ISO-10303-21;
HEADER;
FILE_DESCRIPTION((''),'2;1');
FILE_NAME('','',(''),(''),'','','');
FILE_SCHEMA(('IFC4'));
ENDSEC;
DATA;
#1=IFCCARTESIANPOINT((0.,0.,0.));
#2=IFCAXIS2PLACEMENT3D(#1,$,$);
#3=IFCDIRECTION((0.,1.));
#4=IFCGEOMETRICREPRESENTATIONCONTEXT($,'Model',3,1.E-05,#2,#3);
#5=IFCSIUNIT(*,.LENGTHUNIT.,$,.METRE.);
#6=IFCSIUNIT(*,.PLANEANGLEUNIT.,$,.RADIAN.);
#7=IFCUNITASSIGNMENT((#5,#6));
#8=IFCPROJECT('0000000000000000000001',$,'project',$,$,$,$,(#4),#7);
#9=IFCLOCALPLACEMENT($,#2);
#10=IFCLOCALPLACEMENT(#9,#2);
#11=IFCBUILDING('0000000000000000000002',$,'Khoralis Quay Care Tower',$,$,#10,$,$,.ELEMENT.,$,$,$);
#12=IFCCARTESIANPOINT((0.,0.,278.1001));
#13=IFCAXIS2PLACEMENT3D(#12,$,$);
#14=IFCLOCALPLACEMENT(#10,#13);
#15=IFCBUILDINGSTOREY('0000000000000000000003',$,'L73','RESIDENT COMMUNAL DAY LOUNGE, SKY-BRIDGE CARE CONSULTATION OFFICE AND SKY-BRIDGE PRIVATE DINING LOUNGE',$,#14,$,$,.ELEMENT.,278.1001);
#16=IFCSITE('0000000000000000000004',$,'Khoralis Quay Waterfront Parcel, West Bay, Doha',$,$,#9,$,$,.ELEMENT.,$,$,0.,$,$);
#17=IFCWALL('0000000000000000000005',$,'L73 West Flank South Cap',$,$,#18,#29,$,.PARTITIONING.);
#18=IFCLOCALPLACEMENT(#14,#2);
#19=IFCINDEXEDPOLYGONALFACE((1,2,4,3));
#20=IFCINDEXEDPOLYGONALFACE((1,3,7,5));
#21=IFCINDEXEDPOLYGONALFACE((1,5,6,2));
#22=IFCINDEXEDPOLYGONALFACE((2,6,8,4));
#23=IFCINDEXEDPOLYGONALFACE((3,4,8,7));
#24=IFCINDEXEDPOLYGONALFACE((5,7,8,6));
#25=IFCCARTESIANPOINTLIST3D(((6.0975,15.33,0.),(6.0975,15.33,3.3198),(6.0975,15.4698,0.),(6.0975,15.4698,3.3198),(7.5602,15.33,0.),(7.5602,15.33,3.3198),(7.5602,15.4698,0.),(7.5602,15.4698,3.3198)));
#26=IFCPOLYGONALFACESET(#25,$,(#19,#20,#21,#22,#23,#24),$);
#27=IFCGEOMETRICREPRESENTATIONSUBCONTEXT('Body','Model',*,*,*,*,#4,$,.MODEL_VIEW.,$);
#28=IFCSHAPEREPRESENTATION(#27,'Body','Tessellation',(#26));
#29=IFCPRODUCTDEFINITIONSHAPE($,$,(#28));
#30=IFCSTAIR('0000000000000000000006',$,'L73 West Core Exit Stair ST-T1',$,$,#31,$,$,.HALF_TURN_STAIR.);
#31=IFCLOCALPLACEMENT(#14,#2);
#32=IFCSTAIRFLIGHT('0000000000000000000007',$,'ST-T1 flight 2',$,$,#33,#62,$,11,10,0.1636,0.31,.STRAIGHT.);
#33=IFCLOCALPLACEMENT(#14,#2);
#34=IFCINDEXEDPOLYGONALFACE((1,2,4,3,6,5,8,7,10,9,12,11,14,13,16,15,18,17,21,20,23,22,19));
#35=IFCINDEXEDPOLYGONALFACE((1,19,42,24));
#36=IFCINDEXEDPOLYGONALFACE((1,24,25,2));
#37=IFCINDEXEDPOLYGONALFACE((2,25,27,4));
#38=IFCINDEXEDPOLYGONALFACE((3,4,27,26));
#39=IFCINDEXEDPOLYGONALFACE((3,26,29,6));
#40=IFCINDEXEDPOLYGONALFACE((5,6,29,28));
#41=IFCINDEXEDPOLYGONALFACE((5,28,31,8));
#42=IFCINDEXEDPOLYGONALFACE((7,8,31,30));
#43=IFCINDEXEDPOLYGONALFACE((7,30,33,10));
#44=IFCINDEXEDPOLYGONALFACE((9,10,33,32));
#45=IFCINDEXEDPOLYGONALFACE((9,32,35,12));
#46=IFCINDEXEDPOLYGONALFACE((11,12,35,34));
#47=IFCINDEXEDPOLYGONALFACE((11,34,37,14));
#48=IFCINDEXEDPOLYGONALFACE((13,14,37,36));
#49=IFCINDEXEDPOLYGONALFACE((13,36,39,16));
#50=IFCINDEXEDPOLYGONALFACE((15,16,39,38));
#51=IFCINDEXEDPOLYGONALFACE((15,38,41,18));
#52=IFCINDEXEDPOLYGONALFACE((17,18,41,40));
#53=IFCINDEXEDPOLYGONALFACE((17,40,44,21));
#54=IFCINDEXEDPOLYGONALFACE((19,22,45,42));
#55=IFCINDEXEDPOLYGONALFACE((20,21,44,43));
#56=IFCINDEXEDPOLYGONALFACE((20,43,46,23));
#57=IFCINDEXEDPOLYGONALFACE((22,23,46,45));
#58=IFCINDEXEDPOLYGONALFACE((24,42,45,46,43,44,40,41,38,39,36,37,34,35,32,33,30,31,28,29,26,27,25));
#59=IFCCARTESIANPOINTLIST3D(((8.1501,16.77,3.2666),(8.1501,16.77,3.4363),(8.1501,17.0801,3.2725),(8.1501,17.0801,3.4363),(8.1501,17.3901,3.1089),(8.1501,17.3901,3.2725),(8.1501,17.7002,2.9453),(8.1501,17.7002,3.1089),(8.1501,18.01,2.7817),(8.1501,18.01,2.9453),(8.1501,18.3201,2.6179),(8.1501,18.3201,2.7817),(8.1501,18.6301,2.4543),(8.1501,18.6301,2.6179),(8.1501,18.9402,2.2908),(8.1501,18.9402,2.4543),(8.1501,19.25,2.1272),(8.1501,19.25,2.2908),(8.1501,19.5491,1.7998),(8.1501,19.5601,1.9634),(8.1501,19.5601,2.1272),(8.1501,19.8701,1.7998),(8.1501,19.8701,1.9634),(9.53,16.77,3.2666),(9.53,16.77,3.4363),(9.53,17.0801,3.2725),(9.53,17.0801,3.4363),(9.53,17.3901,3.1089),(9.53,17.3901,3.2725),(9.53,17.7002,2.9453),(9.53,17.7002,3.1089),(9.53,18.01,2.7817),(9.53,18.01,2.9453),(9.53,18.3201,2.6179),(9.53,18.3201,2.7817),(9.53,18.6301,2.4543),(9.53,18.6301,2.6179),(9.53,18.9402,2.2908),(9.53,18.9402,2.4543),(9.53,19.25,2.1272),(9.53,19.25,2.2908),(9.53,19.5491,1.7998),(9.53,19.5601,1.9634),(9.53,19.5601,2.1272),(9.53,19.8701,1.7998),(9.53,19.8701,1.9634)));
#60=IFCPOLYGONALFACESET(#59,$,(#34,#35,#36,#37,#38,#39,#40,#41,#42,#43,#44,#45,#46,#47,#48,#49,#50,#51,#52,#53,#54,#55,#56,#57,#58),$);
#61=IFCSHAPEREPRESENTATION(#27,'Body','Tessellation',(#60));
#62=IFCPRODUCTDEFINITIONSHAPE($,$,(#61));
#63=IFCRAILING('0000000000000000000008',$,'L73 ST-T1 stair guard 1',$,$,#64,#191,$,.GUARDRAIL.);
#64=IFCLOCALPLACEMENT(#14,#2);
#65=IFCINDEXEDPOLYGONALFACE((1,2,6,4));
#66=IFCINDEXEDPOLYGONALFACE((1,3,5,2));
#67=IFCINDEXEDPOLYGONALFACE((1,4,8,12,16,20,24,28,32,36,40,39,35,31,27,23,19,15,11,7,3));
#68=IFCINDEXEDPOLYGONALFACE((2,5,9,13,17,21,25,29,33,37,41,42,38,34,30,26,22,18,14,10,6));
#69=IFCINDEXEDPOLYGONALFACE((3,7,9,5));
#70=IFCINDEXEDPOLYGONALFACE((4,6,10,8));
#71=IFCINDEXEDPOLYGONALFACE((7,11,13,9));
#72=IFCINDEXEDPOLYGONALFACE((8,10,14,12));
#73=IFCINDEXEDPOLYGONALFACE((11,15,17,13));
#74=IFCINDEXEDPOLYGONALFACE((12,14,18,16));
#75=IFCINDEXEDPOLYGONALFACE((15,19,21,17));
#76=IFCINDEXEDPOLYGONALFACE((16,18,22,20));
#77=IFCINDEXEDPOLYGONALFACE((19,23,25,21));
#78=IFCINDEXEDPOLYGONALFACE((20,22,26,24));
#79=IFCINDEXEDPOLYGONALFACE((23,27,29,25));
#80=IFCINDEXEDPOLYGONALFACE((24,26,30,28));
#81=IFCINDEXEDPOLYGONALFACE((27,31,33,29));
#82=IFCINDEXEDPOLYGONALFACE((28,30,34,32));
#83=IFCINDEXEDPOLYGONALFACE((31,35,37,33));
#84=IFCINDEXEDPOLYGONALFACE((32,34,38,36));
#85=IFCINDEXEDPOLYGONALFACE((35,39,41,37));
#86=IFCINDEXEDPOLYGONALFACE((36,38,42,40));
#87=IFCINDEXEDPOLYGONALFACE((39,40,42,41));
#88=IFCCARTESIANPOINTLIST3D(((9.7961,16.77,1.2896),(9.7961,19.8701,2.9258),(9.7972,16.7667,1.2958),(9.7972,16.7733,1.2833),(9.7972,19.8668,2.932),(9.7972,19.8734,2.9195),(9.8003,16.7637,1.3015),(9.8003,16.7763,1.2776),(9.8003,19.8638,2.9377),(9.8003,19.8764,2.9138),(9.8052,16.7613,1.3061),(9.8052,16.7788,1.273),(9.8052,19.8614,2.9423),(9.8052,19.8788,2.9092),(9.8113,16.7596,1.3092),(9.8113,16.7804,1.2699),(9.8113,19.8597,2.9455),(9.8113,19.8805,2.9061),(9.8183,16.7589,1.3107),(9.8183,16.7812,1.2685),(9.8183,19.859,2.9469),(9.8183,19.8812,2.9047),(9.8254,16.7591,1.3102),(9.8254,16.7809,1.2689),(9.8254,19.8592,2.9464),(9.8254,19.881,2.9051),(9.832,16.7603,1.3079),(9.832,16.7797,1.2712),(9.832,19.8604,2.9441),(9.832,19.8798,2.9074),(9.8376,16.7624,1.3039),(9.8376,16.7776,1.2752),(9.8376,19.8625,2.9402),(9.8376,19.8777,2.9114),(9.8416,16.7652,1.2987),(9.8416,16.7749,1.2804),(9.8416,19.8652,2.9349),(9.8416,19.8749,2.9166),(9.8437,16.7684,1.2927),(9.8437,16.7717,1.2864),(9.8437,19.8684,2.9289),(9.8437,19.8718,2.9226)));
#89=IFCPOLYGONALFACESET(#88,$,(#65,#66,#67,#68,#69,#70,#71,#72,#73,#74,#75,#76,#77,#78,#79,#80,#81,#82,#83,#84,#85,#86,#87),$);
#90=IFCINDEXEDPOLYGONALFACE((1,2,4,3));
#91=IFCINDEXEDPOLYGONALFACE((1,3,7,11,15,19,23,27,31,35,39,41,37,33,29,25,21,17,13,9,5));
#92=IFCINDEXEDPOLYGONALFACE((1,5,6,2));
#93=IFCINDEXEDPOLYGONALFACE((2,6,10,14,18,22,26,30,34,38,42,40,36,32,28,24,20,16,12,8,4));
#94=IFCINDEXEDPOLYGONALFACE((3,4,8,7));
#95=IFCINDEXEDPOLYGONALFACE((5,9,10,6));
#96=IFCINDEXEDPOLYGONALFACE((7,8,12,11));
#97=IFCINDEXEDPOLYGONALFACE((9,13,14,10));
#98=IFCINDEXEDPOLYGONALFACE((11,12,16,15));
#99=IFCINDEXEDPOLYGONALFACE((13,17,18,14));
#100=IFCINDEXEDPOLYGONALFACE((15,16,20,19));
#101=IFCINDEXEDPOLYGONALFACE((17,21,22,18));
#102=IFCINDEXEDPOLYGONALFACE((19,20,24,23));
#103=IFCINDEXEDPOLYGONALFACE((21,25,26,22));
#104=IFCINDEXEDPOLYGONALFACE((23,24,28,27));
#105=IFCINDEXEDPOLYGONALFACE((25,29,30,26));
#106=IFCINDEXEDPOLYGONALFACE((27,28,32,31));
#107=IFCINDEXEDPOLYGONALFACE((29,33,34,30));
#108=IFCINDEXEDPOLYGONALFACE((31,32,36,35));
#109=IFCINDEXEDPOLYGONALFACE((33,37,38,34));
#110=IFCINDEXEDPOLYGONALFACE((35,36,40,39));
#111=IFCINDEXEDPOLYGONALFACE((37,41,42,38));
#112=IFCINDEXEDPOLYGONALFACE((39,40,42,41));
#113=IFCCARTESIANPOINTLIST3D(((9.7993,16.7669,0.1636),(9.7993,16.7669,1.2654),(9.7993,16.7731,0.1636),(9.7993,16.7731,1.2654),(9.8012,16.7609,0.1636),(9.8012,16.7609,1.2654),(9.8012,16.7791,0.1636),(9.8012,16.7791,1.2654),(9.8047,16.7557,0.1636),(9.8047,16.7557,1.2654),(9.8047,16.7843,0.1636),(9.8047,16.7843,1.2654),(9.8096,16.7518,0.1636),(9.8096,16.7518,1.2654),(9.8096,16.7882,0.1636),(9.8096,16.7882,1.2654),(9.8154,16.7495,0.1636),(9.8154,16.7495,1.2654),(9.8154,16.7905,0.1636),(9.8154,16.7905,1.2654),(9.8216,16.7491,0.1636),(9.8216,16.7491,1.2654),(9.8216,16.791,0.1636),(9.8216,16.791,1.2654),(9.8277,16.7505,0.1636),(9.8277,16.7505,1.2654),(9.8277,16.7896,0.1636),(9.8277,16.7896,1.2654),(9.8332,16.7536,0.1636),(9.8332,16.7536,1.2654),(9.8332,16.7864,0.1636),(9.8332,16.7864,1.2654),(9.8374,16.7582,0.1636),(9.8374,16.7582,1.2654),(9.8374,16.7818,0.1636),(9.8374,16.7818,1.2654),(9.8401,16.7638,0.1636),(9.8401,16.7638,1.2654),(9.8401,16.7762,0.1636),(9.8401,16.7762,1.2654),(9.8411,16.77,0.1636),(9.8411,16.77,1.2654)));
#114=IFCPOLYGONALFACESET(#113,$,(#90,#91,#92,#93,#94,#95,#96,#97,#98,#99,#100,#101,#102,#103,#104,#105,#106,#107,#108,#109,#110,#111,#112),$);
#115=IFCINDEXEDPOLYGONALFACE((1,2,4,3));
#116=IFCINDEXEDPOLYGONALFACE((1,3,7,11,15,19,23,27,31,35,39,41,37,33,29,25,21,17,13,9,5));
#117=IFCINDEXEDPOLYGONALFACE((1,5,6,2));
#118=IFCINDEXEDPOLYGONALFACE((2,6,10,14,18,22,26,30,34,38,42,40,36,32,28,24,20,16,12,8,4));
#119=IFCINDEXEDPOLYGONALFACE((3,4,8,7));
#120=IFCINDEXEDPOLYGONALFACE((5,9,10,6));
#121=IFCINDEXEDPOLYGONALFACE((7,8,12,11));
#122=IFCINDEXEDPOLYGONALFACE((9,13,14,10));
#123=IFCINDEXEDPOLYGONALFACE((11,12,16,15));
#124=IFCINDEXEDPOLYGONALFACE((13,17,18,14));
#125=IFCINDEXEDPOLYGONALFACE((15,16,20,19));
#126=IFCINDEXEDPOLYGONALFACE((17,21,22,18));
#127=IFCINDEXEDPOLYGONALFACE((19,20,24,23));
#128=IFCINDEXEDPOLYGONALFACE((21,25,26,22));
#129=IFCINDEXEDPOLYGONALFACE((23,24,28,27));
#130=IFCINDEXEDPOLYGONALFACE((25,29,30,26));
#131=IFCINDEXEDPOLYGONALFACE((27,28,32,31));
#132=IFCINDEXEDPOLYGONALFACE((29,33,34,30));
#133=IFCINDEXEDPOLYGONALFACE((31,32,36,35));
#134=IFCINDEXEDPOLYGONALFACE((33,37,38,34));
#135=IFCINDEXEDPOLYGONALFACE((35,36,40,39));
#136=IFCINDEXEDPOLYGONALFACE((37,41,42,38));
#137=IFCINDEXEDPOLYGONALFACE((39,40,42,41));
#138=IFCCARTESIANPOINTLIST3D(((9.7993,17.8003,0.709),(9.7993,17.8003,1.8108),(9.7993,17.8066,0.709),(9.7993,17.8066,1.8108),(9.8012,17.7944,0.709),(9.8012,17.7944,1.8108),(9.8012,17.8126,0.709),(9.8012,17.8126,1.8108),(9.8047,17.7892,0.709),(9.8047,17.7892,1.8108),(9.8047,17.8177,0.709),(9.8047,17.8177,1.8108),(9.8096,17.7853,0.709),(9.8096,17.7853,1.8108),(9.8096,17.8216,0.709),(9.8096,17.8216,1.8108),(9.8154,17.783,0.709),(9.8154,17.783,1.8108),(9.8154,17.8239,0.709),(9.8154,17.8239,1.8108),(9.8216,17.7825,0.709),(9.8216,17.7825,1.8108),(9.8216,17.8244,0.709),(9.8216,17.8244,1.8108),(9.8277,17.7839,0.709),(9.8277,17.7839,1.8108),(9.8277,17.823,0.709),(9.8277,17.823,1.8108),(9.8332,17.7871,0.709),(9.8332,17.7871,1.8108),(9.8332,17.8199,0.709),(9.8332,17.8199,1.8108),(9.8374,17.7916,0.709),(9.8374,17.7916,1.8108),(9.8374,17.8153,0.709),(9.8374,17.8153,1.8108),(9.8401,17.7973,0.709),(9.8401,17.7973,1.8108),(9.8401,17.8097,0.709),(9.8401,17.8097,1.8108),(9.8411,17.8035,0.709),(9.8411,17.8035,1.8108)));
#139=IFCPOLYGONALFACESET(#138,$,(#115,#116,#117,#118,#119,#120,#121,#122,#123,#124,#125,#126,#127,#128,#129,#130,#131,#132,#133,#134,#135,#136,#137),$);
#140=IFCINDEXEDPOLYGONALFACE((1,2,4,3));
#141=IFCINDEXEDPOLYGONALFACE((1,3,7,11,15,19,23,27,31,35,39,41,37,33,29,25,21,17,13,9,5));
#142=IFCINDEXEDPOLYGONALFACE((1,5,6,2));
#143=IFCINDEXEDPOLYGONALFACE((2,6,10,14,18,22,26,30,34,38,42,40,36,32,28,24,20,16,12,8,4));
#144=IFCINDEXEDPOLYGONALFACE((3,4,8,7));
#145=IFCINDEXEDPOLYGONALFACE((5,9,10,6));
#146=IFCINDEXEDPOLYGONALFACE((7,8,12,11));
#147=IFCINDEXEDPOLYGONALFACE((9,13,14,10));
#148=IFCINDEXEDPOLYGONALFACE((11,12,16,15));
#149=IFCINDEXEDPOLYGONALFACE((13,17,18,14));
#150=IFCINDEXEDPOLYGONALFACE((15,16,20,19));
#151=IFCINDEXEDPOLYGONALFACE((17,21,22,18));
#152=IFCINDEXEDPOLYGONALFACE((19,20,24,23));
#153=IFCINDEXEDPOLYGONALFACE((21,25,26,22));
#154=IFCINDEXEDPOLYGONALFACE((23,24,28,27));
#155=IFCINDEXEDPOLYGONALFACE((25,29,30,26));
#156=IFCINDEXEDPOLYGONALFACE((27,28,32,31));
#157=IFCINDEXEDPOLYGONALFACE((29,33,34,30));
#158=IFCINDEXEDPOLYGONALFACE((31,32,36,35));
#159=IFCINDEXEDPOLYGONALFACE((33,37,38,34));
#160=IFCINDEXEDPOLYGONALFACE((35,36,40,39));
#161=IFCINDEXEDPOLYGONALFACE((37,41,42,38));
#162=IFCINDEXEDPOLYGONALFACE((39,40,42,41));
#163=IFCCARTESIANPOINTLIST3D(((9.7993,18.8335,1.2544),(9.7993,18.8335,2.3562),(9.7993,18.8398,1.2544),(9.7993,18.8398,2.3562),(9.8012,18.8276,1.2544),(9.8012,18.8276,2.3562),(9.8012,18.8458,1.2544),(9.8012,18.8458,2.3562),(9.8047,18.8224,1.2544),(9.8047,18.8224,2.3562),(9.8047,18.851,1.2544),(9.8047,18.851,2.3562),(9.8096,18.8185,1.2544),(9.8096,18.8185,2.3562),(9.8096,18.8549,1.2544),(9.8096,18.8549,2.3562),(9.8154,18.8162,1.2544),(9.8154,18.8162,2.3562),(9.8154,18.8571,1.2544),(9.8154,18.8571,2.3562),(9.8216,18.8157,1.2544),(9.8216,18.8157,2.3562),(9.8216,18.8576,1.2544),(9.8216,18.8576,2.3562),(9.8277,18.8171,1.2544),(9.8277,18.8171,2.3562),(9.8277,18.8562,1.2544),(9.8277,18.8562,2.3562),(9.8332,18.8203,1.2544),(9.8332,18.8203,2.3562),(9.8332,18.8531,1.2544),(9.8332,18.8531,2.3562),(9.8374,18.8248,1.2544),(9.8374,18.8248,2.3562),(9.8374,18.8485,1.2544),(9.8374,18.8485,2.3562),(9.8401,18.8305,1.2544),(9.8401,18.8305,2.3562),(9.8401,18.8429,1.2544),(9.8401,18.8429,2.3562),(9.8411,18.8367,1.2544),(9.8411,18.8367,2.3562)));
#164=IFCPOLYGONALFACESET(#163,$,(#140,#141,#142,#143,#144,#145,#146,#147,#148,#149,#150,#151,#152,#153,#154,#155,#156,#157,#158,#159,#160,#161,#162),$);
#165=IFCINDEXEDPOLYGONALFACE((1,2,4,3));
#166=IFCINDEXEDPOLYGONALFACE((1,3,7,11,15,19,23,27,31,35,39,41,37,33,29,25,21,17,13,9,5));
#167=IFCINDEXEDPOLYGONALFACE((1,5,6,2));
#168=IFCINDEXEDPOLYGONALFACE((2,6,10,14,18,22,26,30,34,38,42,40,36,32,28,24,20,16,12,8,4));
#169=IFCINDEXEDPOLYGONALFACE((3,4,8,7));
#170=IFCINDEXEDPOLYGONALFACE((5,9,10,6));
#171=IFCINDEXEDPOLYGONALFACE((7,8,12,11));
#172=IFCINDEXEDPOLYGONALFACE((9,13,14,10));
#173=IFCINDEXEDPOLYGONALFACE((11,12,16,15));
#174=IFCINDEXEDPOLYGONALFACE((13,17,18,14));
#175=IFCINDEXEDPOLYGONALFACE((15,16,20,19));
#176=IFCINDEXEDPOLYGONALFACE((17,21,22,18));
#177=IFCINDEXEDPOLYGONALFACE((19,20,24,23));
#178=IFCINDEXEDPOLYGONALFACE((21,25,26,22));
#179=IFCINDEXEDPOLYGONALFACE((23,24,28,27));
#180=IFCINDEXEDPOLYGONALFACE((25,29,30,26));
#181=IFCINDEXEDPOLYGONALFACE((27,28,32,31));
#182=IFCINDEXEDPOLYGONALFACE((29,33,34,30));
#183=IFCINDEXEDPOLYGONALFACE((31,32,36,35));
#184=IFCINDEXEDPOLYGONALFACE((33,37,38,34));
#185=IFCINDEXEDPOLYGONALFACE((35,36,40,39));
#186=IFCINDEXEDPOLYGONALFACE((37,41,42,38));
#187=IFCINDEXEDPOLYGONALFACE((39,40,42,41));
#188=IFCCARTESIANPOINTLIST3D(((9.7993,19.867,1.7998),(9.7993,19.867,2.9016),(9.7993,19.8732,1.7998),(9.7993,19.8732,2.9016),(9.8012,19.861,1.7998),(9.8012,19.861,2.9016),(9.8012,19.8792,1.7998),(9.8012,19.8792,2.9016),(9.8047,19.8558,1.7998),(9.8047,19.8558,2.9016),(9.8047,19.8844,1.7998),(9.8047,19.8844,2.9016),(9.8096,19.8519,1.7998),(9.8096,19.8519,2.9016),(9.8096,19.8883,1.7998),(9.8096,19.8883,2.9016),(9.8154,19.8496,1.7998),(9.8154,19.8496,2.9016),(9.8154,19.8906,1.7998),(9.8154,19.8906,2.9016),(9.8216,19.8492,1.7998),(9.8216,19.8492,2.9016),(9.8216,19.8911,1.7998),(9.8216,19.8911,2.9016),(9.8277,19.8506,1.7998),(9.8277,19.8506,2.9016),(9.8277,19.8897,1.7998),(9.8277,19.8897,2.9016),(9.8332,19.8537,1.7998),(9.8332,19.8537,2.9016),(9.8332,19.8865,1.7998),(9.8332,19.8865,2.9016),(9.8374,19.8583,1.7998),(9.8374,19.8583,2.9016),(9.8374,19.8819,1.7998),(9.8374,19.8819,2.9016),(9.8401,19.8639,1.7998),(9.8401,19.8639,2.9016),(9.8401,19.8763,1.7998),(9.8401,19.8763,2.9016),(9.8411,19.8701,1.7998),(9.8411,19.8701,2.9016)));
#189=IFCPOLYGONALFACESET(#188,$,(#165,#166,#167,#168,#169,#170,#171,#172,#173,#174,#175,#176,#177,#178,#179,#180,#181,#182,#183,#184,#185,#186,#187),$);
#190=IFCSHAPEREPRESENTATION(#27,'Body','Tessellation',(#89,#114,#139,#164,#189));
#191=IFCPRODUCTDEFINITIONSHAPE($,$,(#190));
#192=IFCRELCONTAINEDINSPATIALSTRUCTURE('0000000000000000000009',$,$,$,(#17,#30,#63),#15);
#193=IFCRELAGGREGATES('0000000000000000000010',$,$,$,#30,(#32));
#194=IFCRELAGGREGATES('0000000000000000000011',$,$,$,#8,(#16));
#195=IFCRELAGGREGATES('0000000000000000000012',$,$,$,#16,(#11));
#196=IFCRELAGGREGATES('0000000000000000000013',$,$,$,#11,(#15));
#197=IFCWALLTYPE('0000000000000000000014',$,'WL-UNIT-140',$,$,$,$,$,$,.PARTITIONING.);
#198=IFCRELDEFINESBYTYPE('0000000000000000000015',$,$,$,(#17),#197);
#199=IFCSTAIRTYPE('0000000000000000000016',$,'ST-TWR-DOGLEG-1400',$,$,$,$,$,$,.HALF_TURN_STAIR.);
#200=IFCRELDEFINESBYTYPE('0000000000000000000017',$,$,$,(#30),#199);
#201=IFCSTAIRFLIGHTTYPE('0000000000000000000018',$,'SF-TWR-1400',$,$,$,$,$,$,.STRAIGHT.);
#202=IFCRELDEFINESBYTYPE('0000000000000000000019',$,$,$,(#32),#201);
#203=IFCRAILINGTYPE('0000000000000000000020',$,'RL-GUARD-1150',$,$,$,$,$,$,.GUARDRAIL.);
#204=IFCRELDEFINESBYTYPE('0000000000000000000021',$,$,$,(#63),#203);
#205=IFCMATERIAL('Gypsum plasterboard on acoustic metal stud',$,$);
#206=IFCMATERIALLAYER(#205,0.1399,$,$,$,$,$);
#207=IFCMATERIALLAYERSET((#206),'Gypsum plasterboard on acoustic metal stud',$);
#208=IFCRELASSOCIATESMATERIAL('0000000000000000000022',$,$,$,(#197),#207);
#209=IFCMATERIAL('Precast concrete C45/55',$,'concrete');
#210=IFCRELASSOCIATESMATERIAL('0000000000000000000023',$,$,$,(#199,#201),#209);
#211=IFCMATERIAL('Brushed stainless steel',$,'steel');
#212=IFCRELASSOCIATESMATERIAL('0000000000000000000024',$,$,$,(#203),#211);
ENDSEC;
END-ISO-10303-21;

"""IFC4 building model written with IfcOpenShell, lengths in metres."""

from ifc_helpers import new_model, si_unit, direction, frame, frame_2d, origin, origin_2d, place, context, subcontext, project, spatial, polyline, rectangle, circle, outline, extrude, source, transform, mapped, material, layer, layer_set, type_object, element, aggregate, save


model = new_model("IFC4")

# Units and contexts
model_context = context("Model", 3, precision=1e-05, world=origin(), true_north=direction((0.0, 1.0)))
body_context = subcontext(model_context, "Body", "Model", "MODEL_VIEW")
ifc_project = project(units=[si_unit("LENGTHUNIT", "METRE"), si_unit("PLANEANGLEUNIT", "RADIAN")], contexts=[model_context])

# Site, building, storey
site_placement = place(None, origin())
site = spatial("IfcSite", under=ifc_project, at=site_placement, Name="Khoralis Quay Waterfront Parcel, West Bay, Doha", CompositionType="ELEMENT", RefElevation=0.0)
building_placement = place(site_placement, origin())
building = spatial("IfcBuilding", under=site, at=building_placement, Name="Khoralis Quay Care Tower", CompositionType="ELEMENT")
storey_placement = place(building_placement, frame((0.0, 0.0, 278.1001)))
storey = spatial("IfcBuildingStorey", under=building, at=storey_placement, Name="L73", Description="RESIDENT COMMUNAL DAY LOUNGE, SKY-BRIDGE CARE CONSULTATION OFFICE AND SKY-BRIDGE PRIVATE DINING LOUNGE", CompositionType="ELEMENT", Elevation=278.1001)

# Shared definitions
ifc_material_1 = material(Name="Brushed stainless steel", Category="steel")
ifc_material_2 = material(Name="Gypsum plasterboard on acoustic metal stud")

# Shared definitions
ifc_material_3 = material(Name="Precast concrete C45/55", Category="concrete")

# Wall
ifc_layer_1 = layer(ifc_material_2, 0.1399)
ifc_layer_set_1 = layer_set([ifc_layer_1], Name="Gypsum plasterboard on acoustic metal stud")
wall_type_1 = type_object("IfcWallType", Name="WL-UNIT-140", PredefinedType="PARTITIONING", material=ifc_layer_set_1)
wall_1_placement = place(storey_placement, frame((6.0974, 15.3999, 0.0), z_axis=(0.0, 0.0, 1.0), x_axis=(1.0, 0.0, 0.0)))
element("IfcWall", 1, at=wall_1_placement, inside=storey, type_object=wall_type_1, Name="L73 West Flank South Cap", PredefinedType="PARTITIONING", context=body_context, shape_type="SweptSolid", body=[
    extrude(rectangle(XDim=1.4626, YDim=0.1399, at=frame_2d((0.7314, 0.0))), origin(), (0.0, 0.0, 1.0), 3.3198),
])

# Stair, stair flight
stair_type = type_object("IfcStairType", Name="ST-TWR-DOGLEG-1400", PredefinedType="HALF_TURN_STAIR", material=ifc_material_3)
stair_placement = place(storey_placement, origin())
stair = element("IfcStair", 2, at=stair_placement, inside=storey, type_object=stair_type, Name="L73 West Core Exit Stair ST-T1", PredefinedType="HALF_TURN_STAIR")
stair_flight_type = type_object("IfcStairFlightType", Name="SF-TWR-1400", PredefinedType="STRAIGHT", material=ifc_material_3)
shared_shape_1 = source(origin(), body_context, "Body", "SweptSolid", [
    extrude(outline(polyline([(0.0, 0.0), (0.0, 0.1636), (0.3101, 0.1636), (0.3101, 0.3274), (0.6201, 0.3274), (0.6201, 0.491), (0.9299, 0.491), (0.9299, 0.6545), (1.24, 0.6545), (1.24, 0.8181), (1.55, 0.8181), (1.55, 0.9819), (1.8601, 0.9819), (1.8601, 1.1455), (2.1699, 1.1455), (2.1699, 1.3091), (2.48, 1.3091), (2.48, 1.4727), (2.79, 1.4727), (2.79, 1.6365), (3.1001, 1.6365), (3.1001, 1.8), (3.1001, 1.4668), (0.321, 0.0), (0.0, 0.0)])), frame((0.0, 0.6899, 0.0), z_axis=(0.0, -1.0, 0.0), x_axis=(1.0, 0.0, 0.0)), (0.0, 0.0, 1.0), 1.3799),
])
stair_flight_placement = place(storey_placement, frame((8.8401, 19.8701, 1.7998), z_axis=(0.0, 0.0, 1.0), x_axis=(0.0, -1.0, 0.0)))
stair_flight = element("IfcStairFlight", 3, at=stair_flight_placement, type_object=stair_flight_type, Name="ST-T1 flight 2", NumberOfRisers=11, NumberOfTreads=10, PredefinedType="STRAIGHT", RiserHeight=0.1636, TreadLength=0.31, context=body_context, shape_type="MappedRepresentation", body=[
    mapped(shared_shape_1, transform((0.0, 0.0, 0.0), scale=1.0)),
])
aggregate(stair, [stair_flight])

# Railing
railing_type_1 = type_object("IfcRailingType", Name="RL-GUARD-1150", PredefinedType="GUARDRAIL", material=ifc_material_1)
railing_1_placement = place(storey_placement, frame((9.8201, 16.77, 0.1636)))
element("IfcRailing", 4, at=railing_1_placement, inside=storey, type_object=railing_type_1, Name="L73 ST-T1 stair guard 1", PredefinedType="GUARDRAIL", context=body_context, shape_type="SweptSolid", body=[
    extrude(circle(Radius=0.0239, at=origin_2d()), frame((0.0, 0.0, 1.126), z_axis=(0.0, 0.884377, 0.466774), x_axis=(-1.0, 0.0, 0.0)), (0.0, 0.0, 1.0), 3.5054),
    extrude(circle(Radius=0.021, at=origin_2d()), origin(), (0.0, 0.0, 1.0), 1.1018),
    extrude(circle(Radius=0.021, at=origin_2d()), frame((0.0, 1.0334, 0.5454)), (0.0, 0.0, 1.0), 1.1018),
    extrude(circle(Radius=0.021, at=origin_2d()), frame((0.0, 2.0667, 1.0908)), (0.0, 0.0, 1.0), 1.1018),
    extrude(circle(Radius=0.021, at=origin_2d()), frame((0.0, 3.1001, 1.6362)), (0.0, 0.0, 1.0), 1.1018),
])

save(model, "model.ifc")
